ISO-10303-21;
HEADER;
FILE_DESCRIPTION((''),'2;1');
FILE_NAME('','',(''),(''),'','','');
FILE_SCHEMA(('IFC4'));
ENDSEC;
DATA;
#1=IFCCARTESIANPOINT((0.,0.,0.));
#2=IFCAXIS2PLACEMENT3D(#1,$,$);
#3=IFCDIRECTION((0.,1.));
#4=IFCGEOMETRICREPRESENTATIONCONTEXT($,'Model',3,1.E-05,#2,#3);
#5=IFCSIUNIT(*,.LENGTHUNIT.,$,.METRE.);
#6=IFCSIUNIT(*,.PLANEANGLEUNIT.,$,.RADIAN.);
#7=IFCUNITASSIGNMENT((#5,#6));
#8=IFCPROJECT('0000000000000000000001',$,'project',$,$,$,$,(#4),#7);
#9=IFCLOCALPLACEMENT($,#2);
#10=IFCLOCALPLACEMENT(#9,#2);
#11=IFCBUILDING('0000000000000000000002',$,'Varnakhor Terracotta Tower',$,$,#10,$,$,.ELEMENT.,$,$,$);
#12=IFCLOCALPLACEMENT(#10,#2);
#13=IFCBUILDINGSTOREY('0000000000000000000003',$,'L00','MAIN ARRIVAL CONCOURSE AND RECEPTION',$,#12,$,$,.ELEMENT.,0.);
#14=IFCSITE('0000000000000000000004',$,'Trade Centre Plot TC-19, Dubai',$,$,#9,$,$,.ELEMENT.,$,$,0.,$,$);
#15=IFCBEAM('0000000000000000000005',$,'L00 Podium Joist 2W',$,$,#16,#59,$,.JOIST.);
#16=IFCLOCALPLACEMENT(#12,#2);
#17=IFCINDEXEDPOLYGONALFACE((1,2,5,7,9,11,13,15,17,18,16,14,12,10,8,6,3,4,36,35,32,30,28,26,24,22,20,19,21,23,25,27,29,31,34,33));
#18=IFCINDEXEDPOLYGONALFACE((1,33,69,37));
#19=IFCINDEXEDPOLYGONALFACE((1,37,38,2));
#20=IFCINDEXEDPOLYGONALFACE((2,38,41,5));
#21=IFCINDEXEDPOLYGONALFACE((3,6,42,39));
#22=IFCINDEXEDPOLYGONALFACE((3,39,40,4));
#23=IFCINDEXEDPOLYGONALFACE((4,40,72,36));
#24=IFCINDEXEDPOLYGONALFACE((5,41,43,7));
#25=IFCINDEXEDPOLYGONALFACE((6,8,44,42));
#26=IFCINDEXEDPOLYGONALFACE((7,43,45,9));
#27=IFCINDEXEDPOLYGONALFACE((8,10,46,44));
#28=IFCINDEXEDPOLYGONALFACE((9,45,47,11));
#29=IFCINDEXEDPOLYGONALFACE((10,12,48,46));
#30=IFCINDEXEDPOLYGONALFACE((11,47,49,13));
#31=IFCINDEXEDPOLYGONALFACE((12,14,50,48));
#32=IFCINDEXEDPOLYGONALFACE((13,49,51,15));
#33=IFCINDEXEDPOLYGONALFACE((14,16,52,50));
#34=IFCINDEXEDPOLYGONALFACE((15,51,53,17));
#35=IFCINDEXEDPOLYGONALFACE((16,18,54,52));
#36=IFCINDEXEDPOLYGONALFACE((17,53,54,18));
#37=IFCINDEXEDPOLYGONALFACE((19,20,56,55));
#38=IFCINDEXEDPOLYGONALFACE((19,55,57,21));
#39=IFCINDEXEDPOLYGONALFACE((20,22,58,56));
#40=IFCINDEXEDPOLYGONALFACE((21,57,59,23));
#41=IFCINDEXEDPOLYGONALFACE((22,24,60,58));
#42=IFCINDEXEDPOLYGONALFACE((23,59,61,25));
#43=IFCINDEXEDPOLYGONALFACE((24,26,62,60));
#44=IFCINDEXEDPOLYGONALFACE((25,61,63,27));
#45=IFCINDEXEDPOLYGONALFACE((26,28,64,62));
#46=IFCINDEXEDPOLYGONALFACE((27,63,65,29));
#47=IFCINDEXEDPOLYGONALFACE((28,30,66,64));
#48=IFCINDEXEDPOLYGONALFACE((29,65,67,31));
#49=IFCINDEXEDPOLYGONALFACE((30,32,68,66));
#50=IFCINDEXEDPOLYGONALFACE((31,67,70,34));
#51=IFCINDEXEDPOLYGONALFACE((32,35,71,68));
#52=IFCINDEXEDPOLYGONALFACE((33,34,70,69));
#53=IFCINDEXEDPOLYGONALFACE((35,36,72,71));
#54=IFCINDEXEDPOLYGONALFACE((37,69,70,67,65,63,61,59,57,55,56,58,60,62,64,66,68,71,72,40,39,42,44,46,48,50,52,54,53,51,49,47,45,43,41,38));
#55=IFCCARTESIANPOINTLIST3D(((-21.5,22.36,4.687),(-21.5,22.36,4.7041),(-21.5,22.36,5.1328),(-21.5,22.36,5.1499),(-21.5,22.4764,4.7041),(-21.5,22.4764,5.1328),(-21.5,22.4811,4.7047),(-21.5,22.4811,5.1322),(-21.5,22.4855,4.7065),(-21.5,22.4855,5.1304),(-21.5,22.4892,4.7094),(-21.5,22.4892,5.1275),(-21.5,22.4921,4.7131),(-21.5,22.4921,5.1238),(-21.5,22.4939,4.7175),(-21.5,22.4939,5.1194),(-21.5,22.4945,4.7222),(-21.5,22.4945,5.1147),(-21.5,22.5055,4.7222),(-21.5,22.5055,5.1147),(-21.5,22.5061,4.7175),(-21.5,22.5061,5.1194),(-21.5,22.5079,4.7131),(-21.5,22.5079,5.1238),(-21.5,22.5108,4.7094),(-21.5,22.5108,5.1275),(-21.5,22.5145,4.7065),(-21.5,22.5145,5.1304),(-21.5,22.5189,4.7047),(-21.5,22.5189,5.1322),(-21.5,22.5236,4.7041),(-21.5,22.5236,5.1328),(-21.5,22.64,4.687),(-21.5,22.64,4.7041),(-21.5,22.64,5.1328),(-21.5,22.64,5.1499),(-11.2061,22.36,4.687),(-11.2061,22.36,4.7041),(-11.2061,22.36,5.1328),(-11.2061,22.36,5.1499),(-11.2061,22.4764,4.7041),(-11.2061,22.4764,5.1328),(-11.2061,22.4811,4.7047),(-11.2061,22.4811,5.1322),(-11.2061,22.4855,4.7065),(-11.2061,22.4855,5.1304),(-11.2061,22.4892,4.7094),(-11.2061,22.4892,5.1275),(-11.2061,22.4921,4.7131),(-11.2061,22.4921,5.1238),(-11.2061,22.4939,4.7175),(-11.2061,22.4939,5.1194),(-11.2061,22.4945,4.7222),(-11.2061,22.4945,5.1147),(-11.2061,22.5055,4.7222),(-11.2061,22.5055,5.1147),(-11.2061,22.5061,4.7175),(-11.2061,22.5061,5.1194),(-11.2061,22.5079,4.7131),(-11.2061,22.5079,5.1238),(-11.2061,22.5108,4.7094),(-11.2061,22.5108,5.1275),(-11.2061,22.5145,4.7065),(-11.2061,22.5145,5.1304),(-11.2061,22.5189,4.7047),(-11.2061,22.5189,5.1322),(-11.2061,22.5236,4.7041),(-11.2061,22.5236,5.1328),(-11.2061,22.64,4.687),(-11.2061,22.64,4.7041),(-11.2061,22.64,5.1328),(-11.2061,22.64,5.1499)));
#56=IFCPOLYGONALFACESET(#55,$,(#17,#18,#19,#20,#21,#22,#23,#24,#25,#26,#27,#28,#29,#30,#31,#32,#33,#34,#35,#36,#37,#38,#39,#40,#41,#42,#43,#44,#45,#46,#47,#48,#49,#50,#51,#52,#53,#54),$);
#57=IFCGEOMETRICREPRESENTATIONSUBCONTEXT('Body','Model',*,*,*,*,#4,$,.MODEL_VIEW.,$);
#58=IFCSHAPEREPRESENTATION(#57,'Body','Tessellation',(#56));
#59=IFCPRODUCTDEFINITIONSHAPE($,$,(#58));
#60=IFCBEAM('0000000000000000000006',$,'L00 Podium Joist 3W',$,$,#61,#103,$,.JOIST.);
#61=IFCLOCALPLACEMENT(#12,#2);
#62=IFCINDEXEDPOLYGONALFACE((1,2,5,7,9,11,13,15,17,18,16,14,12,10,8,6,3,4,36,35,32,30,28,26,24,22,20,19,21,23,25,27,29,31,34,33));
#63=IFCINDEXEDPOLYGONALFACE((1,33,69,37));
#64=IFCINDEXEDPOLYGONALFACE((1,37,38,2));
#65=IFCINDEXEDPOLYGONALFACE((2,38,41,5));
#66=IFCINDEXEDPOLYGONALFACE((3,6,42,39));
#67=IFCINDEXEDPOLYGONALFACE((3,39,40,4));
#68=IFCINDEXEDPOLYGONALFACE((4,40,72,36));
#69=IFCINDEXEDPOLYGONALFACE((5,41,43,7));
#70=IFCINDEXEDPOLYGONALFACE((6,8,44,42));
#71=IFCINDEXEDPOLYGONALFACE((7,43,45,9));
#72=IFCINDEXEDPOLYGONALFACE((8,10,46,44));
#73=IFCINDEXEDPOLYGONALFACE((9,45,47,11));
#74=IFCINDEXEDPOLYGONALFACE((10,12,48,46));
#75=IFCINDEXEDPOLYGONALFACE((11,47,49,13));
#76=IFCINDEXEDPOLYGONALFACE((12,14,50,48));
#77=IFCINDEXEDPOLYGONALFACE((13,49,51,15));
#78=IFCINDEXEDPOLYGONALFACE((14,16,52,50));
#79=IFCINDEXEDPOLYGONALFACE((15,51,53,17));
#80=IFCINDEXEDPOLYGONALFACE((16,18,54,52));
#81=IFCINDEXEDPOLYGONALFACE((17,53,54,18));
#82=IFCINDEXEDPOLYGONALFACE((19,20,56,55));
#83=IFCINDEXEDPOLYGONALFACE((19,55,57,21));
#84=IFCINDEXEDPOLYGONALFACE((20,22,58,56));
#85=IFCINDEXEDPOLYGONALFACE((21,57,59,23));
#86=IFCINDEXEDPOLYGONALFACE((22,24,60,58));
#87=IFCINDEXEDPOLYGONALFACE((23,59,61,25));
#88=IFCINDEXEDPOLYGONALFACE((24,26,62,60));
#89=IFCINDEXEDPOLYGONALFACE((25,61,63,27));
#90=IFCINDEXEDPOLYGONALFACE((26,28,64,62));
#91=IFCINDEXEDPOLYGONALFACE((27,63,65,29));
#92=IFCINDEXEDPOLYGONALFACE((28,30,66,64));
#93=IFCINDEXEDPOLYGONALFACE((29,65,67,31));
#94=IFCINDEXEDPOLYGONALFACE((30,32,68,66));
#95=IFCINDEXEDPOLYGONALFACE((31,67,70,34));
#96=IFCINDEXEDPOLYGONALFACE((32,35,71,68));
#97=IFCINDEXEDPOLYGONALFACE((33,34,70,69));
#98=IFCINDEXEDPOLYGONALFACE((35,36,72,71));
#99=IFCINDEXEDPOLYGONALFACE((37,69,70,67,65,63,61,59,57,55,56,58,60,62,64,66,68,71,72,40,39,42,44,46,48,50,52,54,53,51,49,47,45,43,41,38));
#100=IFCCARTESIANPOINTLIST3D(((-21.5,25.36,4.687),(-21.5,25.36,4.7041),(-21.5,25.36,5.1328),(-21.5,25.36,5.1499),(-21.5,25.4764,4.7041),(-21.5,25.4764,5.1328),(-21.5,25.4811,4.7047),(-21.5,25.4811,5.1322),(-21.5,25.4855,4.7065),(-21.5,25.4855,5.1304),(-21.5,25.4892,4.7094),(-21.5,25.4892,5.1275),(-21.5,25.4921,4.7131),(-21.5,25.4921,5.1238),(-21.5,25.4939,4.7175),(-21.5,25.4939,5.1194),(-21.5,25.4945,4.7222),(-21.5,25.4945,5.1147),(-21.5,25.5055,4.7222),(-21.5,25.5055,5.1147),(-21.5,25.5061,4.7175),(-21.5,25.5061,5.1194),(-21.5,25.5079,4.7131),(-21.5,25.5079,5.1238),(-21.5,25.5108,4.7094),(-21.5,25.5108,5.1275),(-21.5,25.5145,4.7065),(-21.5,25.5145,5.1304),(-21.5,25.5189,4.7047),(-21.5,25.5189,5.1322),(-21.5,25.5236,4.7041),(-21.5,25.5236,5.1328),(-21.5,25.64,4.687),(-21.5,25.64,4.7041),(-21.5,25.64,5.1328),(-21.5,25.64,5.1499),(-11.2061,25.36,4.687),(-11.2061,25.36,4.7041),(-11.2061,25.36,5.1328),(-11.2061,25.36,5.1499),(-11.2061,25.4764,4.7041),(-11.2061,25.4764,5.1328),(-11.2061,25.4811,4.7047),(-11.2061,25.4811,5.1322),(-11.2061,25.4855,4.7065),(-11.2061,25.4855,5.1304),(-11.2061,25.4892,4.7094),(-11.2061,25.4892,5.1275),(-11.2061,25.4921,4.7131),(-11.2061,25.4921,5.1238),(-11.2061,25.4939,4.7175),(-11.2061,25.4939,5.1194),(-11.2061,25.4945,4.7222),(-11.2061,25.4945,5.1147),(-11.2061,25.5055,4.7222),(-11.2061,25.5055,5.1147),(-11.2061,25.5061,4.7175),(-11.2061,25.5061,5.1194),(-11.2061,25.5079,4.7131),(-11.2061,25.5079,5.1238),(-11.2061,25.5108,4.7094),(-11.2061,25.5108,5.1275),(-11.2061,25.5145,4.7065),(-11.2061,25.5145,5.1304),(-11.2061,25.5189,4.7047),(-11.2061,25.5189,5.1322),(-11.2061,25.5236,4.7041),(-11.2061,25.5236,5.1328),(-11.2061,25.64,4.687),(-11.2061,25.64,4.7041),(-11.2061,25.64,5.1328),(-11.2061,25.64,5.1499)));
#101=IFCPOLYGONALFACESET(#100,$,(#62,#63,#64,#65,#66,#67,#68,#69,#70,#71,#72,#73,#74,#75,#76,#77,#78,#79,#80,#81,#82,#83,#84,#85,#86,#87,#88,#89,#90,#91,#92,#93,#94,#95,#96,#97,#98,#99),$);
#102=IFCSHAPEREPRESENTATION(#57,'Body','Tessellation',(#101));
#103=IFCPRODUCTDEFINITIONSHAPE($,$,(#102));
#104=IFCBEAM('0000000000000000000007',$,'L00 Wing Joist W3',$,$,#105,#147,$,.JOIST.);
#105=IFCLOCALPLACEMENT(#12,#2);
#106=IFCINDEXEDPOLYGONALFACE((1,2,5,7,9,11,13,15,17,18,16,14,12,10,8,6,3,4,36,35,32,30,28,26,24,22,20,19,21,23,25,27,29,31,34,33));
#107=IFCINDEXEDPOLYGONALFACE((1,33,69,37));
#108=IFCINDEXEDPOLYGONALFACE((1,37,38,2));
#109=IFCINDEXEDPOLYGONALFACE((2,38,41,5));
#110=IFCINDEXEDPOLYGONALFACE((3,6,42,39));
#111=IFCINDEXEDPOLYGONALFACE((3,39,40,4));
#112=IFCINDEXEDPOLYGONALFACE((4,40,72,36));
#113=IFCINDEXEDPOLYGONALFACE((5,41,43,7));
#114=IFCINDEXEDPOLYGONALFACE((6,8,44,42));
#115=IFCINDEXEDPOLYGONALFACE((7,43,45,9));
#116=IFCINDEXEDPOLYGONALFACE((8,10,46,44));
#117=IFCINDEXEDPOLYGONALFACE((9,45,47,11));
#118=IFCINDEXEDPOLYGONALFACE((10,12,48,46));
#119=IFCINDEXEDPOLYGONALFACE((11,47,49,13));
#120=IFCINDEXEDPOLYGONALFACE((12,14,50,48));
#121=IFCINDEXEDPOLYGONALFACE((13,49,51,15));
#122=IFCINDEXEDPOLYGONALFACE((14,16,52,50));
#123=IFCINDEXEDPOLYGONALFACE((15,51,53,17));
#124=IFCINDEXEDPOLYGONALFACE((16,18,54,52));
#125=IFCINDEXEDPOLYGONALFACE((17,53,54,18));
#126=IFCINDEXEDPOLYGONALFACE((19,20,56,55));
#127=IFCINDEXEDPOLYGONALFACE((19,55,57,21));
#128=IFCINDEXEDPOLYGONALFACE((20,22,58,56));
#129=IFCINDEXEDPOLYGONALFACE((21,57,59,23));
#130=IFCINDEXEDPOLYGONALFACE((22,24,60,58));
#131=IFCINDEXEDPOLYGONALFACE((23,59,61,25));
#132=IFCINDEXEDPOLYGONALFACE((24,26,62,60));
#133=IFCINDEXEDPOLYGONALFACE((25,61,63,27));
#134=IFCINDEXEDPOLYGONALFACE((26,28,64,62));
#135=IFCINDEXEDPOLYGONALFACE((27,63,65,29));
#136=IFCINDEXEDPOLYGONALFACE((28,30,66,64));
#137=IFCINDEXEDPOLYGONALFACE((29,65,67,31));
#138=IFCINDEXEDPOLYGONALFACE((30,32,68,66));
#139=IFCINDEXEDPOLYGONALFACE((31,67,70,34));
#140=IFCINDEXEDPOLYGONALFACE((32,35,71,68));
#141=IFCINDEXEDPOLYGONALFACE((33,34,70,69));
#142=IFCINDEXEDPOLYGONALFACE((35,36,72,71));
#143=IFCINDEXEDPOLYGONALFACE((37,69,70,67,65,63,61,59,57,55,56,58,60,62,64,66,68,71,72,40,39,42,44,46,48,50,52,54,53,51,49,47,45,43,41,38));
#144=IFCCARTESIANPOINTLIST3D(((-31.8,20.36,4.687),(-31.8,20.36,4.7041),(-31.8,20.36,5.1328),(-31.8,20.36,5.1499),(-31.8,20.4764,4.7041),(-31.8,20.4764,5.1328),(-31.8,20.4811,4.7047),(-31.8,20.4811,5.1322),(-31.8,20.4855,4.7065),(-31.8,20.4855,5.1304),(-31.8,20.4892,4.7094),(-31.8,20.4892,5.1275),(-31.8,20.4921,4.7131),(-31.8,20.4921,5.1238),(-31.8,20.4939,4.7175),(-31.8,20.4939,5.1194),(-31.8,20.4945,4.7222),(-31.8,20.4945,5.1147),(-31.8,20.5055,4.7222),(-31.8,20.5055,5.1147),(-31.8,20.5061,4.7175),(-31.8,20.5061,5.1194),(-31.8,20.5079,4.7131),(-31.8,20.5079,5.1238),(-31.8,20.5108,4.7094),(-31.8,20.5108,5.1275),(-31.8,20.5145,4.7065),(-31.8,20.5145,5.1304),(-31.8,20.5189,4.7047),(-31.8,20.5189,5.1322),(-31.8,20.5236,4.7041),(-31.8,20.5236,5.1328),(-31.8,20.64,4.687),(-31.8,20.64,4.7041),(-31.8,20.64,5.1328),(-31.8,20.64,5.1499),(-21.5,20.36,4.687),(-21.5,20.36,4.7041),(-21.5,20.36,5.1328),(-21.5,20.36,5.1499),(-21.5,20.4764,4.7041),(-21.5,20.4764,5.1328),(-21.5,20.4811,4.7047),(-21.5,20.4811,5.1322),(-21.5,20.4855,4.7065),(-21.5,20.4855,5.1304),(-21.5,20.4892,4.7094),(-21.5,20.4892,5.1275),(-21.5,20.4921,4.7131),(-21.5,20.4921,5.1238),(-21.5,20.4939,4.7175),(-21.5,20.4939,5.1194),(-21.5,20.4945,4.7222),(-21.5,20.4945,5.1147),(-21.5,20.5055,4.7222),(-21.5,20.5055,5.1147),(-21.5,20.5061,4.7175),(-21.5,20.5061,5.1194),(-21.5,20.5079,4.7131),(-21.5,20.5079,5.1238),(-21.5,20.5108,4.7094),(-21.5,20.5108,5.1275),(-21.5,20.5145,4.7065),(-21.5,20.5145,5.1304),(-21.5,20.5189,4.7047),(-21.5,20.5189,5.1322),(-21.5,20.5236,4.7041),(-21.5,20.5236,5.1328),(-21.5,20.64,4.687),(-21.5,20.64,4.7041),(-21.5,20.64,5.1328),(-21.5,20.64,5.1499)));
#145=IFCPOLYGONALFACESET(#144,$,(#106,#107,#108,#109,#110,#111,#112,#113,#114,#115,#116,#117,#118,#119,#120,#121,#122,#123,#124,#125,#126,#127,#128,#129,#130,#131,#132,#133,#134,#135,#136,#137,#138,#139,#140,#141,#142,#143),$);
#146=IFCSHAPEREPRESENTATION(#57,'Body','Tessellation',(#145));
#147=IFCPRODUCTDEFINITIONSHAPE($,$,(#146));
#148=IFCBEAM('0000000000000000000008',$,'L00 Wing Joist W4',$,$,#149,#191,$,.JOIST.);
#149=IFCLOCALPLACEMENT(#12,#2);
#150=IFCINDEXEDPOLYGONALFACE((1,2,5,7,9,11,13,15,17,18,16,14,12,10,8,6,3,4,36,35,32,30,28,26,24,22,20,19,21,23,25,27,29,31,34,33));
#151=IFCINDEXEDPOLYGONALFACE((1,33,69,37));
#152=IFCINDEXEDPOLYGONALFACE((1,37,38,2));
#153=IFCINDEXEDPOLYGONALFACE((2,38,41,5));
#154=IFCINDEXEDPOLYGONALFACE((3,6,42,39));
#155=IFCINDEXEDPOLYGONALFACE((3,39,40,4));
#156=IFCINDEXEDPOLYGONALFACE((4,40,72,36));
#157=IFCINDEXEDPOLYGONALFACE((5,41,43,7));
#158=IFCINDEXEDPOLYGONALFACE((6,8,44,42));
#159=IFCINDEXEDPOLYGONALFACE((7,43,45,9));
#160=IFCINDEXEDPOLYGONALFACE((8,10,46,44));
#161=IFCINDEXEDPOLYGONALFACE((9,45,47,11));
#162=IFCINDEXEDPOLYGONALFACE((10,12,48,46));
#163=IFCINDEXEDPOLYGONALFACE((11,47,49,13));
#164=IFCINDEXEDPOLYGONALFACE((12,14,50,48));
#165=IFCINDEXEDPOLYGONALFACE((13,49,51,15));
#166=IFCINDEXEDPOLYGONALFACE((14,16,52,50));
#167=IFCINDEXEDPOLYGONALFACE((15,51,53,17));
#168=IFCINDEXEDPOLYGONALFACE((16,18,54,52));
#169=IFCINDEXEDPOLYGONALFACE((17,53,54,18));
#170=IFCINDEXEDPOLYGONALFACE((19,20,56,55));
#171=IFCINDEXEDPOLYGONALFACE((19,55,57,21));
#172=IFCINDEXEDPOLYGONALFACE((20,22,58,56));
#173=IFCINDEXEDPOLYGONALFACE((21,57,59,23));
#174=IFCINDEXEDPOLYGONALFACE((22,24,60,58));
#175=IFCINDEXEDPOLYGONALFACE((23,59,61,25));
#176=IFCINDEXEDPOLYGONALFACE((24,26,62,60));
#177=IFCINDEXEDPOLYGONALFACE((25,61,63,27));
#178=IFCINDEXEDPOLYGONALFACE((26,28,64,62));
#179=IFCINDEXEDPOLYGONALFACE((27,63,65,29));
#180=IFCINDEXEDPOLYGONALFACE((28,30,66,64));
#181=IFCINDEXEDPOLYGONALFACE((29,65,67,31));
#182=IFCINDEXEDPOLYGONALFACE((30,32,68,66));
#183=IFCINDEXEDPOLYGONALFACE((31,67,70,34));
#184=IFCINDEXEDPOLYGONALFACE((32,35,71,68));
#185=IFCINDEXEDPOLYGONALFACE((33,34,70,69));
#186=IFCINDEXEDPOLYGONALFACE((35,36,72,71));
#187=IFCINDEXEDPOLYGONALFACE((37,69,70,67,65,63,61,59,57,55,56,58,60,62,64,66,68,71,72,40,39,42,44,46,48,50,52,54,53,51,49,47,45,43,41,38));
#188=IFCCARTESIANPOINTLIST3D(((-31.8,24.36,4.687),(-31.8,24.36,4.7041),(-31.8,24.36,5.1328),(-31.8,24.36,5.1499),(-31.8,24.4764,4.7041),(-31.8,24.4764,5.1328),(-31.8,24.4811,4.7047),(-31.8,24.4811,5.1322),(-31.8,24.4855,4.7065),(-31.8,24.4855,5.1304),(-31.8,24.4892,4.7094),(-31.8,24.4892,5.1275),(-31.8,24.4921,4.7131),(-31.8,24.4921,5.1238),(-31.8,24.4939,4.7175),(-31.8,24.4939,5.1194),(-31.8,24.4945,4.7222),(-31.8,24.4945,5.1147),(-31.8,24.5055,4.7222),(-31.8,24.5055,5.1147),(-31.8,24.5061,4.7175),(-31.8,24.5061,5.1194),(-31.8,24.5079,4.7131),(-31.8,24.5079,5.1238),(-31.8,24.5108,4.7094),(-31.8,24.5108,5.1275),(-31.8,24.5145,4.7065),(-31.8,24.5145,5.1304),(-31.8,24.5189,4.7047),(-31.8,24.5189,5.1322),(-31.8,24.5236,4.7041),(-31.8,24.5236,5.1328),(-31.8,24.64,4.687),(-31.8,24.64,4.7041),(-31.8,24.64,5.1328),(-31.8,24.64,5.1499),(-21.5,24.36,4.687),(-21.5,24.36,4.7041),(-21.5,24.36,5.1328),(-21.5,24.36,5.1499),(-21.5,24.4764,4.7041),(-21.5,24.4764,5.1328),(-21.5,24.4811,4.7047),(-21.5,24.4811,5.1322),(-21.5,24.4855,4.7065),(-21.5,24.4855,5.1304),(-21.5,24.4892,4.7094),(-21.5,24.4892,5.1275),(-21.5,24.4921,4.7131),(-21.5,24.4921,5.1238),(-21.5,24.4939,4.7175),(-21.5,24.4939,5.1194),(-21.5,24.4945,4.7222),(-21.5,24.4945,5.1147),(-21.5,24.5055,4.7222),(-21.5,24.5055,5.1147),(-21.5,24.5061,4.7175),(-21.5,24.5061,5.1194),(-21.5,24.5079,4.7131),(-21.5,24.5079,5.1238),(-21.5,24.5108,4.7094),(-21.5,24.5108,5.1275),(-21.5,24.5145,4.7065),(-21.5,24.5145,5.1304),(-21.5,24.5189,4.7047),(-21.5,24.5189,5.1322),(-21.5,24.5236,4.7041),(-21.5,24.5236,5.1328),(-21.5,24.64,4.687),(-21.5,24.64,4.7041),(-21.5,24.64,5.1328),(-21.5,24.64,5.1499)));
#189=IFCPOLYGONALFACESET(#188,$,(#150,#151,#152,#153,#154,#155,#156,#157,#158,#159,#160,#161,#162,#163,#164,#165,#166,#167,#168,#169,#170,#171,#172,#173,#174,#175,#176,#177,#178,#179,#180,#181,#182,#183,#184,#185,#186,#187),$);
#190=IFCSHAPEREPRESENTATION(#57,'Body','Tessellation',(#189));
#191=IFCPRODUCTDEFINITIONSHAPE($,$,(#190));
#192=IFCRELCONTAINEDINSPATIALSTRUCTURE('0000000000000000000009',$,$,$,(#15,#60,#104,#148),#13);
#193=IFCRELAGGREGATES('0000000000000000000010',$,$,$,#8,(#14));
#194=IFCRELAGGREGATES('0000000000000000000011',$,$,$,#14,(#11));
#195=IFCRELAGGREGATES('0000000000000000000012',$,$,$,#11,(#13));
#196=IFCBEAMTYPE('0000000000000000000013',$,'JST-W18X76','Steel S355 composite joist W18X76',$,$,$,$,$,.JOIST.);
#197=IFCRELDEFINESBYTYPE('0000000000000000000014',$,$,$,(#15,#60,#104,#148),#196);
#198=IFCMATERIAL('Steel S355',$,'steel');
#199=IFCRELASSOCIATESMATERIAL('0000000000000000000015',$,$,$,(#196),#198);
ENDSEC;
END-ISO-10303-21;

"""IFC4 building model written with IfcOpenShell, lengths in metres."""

from ifc_helpers import new_model, si_unit, direction, frame, origin, origin_2d, place, context, subcontext, project, spatial, i_section, extrude, source, transform, mapped, material, material_profile, profile_set, type_object, type_shapes, element, save


model = new_model("IFC4")

# Units and contexts
model_context = context("Model", 3, precision=1e-05, world=origin(), true_north=direction((0.0, 1.0)))
body_context = subcontext(model_context, "Body", "Model", "MODEL_VIEW")
ifc_project = project(units=[si_unit("LENGTHUNIT", "METRE"), si_unit("PLANEANGLEUNIT", "RADIAN")], contexts=[model_context])

# Site, building, storey
site_placement = place(None, origin())
site = spatial("IfcSite", under=ifc_project, at=site_placement, Name="Trade Centre Plot TC-19, Dubai", CompositionType="ELEMENT", RefElevation=0.0)
building_placement = place(site_placement, origin())
building = spatial("IfcBuilding", under=site, at=building_placement, Name="Varnakhor Terracotta Tower", CompositionType="ELEMENT")
storey_placement = place(building_placement, origin())
storey = spatial("IfcBuildingStorey", under=building, at=storey_placement, Name="L00", Description="MAIN ARRIVAL CONCOURSE AND RECEPTION", CompositionType="ELEMENT", Elevation=0.0)

# Beams
ifc_material_1 = material(Name="Steel S355", Category="steel")
ifc_material_profile_1 = material_profile(ifc_material_1, i_section(OverallWidth=0.28, OverallDepth=0.4629, WebThickness=0.011, FlangeThickness=0.0171, FilletRadius=0.0181, at=origin_2d()), Name="W18X76")
ifc_profile_set_1 = profile_set([ifc_material_profile_1], Name="Steel S355")
beam_type_1 = type_object("IfcBeamType", Name="JST-W18X76", Description="Steel S355 composite joist W18X76", PredefinedType="JOIST", material=ifc_profile_set_1)
shared_shape_1 = source(origin(), body_context, "Body", "SweptSolid", [
    extrude(i_section(OverallWidth=0.28, OverallDepth=0.4629, WebThickness=0.011, FlangeThickness=0.0171, FilletRadius=0.0181, at=origin_2d()), origin(), (0.0, 0.0, 1.0), 10.2939),
])
type_shapes(beam_type_1, [shared_shape_1])
for number, where, z_axis, x_axis, name in (
    (1, (-21.5, 22.5, 4.9185), (1.0, 0.0, 0.0), (0.0, 1.0, 0.0), "L00 Podium Joist 2W"),
    (2, (-21.5, 25.5, 4.9185), (1.0, 0.0, 0.0), (0.0, 1.0, 0.0), "L00 Podium Joist 3W"),
):
    element("IfcBeam", number, at=place(storey_placement, frame(where, z_axis=z_axis, x_axis=x_axis)), inside=storey, type_object=beam_type_1, Name=name, PredefinedType="JOIST", context=body_context, shape_type="MappedRepresentation", body=[
        mapped(shared_shape_1, transform((0.0, 0.0, 0.0), scale=1.0)),
    ])
shared_shape_2 = source(origin(), body_context, "Body", "SweptSolid", [
    extrude(i_section(OverallWidth=0.28, OverallDepth=0.4629, WebThickness=0.011, FlangeThickness=0.0171, FilletRadius=0.0181, at=origin_2d()), origin(), (0.0, 0.0, 1.0), 10.3),
])
for number, where, z_axis, x_axis, name in (
    (3, (-31.8, 20.5, 4.9185), (1.0, 0.0, 0.0), (0.0, 1.0, 0.0), "L00 Wing Joist W3"),
    (4, (-31.8, 24.5, 4.9185), (1.0, 0.0, 0.0), (0.0, 1.0, 0.0), "L00 Wing Joist W4"),
):
    element("IfcBeam", number, at=place(storey_placement, frame(where, z_axis=z_axis, x_axis=x_axis)), inside=storey, type_object=beam_type_1, Name=name, PredefinedType="JOIST", context=body_context, shape_type="MappedRepresentation", body=[
        mapped(shared_shape_2, transform((0.0, 0.0, 0.0), scale=1.0)),
    ])

save(model, "model.ifc")
